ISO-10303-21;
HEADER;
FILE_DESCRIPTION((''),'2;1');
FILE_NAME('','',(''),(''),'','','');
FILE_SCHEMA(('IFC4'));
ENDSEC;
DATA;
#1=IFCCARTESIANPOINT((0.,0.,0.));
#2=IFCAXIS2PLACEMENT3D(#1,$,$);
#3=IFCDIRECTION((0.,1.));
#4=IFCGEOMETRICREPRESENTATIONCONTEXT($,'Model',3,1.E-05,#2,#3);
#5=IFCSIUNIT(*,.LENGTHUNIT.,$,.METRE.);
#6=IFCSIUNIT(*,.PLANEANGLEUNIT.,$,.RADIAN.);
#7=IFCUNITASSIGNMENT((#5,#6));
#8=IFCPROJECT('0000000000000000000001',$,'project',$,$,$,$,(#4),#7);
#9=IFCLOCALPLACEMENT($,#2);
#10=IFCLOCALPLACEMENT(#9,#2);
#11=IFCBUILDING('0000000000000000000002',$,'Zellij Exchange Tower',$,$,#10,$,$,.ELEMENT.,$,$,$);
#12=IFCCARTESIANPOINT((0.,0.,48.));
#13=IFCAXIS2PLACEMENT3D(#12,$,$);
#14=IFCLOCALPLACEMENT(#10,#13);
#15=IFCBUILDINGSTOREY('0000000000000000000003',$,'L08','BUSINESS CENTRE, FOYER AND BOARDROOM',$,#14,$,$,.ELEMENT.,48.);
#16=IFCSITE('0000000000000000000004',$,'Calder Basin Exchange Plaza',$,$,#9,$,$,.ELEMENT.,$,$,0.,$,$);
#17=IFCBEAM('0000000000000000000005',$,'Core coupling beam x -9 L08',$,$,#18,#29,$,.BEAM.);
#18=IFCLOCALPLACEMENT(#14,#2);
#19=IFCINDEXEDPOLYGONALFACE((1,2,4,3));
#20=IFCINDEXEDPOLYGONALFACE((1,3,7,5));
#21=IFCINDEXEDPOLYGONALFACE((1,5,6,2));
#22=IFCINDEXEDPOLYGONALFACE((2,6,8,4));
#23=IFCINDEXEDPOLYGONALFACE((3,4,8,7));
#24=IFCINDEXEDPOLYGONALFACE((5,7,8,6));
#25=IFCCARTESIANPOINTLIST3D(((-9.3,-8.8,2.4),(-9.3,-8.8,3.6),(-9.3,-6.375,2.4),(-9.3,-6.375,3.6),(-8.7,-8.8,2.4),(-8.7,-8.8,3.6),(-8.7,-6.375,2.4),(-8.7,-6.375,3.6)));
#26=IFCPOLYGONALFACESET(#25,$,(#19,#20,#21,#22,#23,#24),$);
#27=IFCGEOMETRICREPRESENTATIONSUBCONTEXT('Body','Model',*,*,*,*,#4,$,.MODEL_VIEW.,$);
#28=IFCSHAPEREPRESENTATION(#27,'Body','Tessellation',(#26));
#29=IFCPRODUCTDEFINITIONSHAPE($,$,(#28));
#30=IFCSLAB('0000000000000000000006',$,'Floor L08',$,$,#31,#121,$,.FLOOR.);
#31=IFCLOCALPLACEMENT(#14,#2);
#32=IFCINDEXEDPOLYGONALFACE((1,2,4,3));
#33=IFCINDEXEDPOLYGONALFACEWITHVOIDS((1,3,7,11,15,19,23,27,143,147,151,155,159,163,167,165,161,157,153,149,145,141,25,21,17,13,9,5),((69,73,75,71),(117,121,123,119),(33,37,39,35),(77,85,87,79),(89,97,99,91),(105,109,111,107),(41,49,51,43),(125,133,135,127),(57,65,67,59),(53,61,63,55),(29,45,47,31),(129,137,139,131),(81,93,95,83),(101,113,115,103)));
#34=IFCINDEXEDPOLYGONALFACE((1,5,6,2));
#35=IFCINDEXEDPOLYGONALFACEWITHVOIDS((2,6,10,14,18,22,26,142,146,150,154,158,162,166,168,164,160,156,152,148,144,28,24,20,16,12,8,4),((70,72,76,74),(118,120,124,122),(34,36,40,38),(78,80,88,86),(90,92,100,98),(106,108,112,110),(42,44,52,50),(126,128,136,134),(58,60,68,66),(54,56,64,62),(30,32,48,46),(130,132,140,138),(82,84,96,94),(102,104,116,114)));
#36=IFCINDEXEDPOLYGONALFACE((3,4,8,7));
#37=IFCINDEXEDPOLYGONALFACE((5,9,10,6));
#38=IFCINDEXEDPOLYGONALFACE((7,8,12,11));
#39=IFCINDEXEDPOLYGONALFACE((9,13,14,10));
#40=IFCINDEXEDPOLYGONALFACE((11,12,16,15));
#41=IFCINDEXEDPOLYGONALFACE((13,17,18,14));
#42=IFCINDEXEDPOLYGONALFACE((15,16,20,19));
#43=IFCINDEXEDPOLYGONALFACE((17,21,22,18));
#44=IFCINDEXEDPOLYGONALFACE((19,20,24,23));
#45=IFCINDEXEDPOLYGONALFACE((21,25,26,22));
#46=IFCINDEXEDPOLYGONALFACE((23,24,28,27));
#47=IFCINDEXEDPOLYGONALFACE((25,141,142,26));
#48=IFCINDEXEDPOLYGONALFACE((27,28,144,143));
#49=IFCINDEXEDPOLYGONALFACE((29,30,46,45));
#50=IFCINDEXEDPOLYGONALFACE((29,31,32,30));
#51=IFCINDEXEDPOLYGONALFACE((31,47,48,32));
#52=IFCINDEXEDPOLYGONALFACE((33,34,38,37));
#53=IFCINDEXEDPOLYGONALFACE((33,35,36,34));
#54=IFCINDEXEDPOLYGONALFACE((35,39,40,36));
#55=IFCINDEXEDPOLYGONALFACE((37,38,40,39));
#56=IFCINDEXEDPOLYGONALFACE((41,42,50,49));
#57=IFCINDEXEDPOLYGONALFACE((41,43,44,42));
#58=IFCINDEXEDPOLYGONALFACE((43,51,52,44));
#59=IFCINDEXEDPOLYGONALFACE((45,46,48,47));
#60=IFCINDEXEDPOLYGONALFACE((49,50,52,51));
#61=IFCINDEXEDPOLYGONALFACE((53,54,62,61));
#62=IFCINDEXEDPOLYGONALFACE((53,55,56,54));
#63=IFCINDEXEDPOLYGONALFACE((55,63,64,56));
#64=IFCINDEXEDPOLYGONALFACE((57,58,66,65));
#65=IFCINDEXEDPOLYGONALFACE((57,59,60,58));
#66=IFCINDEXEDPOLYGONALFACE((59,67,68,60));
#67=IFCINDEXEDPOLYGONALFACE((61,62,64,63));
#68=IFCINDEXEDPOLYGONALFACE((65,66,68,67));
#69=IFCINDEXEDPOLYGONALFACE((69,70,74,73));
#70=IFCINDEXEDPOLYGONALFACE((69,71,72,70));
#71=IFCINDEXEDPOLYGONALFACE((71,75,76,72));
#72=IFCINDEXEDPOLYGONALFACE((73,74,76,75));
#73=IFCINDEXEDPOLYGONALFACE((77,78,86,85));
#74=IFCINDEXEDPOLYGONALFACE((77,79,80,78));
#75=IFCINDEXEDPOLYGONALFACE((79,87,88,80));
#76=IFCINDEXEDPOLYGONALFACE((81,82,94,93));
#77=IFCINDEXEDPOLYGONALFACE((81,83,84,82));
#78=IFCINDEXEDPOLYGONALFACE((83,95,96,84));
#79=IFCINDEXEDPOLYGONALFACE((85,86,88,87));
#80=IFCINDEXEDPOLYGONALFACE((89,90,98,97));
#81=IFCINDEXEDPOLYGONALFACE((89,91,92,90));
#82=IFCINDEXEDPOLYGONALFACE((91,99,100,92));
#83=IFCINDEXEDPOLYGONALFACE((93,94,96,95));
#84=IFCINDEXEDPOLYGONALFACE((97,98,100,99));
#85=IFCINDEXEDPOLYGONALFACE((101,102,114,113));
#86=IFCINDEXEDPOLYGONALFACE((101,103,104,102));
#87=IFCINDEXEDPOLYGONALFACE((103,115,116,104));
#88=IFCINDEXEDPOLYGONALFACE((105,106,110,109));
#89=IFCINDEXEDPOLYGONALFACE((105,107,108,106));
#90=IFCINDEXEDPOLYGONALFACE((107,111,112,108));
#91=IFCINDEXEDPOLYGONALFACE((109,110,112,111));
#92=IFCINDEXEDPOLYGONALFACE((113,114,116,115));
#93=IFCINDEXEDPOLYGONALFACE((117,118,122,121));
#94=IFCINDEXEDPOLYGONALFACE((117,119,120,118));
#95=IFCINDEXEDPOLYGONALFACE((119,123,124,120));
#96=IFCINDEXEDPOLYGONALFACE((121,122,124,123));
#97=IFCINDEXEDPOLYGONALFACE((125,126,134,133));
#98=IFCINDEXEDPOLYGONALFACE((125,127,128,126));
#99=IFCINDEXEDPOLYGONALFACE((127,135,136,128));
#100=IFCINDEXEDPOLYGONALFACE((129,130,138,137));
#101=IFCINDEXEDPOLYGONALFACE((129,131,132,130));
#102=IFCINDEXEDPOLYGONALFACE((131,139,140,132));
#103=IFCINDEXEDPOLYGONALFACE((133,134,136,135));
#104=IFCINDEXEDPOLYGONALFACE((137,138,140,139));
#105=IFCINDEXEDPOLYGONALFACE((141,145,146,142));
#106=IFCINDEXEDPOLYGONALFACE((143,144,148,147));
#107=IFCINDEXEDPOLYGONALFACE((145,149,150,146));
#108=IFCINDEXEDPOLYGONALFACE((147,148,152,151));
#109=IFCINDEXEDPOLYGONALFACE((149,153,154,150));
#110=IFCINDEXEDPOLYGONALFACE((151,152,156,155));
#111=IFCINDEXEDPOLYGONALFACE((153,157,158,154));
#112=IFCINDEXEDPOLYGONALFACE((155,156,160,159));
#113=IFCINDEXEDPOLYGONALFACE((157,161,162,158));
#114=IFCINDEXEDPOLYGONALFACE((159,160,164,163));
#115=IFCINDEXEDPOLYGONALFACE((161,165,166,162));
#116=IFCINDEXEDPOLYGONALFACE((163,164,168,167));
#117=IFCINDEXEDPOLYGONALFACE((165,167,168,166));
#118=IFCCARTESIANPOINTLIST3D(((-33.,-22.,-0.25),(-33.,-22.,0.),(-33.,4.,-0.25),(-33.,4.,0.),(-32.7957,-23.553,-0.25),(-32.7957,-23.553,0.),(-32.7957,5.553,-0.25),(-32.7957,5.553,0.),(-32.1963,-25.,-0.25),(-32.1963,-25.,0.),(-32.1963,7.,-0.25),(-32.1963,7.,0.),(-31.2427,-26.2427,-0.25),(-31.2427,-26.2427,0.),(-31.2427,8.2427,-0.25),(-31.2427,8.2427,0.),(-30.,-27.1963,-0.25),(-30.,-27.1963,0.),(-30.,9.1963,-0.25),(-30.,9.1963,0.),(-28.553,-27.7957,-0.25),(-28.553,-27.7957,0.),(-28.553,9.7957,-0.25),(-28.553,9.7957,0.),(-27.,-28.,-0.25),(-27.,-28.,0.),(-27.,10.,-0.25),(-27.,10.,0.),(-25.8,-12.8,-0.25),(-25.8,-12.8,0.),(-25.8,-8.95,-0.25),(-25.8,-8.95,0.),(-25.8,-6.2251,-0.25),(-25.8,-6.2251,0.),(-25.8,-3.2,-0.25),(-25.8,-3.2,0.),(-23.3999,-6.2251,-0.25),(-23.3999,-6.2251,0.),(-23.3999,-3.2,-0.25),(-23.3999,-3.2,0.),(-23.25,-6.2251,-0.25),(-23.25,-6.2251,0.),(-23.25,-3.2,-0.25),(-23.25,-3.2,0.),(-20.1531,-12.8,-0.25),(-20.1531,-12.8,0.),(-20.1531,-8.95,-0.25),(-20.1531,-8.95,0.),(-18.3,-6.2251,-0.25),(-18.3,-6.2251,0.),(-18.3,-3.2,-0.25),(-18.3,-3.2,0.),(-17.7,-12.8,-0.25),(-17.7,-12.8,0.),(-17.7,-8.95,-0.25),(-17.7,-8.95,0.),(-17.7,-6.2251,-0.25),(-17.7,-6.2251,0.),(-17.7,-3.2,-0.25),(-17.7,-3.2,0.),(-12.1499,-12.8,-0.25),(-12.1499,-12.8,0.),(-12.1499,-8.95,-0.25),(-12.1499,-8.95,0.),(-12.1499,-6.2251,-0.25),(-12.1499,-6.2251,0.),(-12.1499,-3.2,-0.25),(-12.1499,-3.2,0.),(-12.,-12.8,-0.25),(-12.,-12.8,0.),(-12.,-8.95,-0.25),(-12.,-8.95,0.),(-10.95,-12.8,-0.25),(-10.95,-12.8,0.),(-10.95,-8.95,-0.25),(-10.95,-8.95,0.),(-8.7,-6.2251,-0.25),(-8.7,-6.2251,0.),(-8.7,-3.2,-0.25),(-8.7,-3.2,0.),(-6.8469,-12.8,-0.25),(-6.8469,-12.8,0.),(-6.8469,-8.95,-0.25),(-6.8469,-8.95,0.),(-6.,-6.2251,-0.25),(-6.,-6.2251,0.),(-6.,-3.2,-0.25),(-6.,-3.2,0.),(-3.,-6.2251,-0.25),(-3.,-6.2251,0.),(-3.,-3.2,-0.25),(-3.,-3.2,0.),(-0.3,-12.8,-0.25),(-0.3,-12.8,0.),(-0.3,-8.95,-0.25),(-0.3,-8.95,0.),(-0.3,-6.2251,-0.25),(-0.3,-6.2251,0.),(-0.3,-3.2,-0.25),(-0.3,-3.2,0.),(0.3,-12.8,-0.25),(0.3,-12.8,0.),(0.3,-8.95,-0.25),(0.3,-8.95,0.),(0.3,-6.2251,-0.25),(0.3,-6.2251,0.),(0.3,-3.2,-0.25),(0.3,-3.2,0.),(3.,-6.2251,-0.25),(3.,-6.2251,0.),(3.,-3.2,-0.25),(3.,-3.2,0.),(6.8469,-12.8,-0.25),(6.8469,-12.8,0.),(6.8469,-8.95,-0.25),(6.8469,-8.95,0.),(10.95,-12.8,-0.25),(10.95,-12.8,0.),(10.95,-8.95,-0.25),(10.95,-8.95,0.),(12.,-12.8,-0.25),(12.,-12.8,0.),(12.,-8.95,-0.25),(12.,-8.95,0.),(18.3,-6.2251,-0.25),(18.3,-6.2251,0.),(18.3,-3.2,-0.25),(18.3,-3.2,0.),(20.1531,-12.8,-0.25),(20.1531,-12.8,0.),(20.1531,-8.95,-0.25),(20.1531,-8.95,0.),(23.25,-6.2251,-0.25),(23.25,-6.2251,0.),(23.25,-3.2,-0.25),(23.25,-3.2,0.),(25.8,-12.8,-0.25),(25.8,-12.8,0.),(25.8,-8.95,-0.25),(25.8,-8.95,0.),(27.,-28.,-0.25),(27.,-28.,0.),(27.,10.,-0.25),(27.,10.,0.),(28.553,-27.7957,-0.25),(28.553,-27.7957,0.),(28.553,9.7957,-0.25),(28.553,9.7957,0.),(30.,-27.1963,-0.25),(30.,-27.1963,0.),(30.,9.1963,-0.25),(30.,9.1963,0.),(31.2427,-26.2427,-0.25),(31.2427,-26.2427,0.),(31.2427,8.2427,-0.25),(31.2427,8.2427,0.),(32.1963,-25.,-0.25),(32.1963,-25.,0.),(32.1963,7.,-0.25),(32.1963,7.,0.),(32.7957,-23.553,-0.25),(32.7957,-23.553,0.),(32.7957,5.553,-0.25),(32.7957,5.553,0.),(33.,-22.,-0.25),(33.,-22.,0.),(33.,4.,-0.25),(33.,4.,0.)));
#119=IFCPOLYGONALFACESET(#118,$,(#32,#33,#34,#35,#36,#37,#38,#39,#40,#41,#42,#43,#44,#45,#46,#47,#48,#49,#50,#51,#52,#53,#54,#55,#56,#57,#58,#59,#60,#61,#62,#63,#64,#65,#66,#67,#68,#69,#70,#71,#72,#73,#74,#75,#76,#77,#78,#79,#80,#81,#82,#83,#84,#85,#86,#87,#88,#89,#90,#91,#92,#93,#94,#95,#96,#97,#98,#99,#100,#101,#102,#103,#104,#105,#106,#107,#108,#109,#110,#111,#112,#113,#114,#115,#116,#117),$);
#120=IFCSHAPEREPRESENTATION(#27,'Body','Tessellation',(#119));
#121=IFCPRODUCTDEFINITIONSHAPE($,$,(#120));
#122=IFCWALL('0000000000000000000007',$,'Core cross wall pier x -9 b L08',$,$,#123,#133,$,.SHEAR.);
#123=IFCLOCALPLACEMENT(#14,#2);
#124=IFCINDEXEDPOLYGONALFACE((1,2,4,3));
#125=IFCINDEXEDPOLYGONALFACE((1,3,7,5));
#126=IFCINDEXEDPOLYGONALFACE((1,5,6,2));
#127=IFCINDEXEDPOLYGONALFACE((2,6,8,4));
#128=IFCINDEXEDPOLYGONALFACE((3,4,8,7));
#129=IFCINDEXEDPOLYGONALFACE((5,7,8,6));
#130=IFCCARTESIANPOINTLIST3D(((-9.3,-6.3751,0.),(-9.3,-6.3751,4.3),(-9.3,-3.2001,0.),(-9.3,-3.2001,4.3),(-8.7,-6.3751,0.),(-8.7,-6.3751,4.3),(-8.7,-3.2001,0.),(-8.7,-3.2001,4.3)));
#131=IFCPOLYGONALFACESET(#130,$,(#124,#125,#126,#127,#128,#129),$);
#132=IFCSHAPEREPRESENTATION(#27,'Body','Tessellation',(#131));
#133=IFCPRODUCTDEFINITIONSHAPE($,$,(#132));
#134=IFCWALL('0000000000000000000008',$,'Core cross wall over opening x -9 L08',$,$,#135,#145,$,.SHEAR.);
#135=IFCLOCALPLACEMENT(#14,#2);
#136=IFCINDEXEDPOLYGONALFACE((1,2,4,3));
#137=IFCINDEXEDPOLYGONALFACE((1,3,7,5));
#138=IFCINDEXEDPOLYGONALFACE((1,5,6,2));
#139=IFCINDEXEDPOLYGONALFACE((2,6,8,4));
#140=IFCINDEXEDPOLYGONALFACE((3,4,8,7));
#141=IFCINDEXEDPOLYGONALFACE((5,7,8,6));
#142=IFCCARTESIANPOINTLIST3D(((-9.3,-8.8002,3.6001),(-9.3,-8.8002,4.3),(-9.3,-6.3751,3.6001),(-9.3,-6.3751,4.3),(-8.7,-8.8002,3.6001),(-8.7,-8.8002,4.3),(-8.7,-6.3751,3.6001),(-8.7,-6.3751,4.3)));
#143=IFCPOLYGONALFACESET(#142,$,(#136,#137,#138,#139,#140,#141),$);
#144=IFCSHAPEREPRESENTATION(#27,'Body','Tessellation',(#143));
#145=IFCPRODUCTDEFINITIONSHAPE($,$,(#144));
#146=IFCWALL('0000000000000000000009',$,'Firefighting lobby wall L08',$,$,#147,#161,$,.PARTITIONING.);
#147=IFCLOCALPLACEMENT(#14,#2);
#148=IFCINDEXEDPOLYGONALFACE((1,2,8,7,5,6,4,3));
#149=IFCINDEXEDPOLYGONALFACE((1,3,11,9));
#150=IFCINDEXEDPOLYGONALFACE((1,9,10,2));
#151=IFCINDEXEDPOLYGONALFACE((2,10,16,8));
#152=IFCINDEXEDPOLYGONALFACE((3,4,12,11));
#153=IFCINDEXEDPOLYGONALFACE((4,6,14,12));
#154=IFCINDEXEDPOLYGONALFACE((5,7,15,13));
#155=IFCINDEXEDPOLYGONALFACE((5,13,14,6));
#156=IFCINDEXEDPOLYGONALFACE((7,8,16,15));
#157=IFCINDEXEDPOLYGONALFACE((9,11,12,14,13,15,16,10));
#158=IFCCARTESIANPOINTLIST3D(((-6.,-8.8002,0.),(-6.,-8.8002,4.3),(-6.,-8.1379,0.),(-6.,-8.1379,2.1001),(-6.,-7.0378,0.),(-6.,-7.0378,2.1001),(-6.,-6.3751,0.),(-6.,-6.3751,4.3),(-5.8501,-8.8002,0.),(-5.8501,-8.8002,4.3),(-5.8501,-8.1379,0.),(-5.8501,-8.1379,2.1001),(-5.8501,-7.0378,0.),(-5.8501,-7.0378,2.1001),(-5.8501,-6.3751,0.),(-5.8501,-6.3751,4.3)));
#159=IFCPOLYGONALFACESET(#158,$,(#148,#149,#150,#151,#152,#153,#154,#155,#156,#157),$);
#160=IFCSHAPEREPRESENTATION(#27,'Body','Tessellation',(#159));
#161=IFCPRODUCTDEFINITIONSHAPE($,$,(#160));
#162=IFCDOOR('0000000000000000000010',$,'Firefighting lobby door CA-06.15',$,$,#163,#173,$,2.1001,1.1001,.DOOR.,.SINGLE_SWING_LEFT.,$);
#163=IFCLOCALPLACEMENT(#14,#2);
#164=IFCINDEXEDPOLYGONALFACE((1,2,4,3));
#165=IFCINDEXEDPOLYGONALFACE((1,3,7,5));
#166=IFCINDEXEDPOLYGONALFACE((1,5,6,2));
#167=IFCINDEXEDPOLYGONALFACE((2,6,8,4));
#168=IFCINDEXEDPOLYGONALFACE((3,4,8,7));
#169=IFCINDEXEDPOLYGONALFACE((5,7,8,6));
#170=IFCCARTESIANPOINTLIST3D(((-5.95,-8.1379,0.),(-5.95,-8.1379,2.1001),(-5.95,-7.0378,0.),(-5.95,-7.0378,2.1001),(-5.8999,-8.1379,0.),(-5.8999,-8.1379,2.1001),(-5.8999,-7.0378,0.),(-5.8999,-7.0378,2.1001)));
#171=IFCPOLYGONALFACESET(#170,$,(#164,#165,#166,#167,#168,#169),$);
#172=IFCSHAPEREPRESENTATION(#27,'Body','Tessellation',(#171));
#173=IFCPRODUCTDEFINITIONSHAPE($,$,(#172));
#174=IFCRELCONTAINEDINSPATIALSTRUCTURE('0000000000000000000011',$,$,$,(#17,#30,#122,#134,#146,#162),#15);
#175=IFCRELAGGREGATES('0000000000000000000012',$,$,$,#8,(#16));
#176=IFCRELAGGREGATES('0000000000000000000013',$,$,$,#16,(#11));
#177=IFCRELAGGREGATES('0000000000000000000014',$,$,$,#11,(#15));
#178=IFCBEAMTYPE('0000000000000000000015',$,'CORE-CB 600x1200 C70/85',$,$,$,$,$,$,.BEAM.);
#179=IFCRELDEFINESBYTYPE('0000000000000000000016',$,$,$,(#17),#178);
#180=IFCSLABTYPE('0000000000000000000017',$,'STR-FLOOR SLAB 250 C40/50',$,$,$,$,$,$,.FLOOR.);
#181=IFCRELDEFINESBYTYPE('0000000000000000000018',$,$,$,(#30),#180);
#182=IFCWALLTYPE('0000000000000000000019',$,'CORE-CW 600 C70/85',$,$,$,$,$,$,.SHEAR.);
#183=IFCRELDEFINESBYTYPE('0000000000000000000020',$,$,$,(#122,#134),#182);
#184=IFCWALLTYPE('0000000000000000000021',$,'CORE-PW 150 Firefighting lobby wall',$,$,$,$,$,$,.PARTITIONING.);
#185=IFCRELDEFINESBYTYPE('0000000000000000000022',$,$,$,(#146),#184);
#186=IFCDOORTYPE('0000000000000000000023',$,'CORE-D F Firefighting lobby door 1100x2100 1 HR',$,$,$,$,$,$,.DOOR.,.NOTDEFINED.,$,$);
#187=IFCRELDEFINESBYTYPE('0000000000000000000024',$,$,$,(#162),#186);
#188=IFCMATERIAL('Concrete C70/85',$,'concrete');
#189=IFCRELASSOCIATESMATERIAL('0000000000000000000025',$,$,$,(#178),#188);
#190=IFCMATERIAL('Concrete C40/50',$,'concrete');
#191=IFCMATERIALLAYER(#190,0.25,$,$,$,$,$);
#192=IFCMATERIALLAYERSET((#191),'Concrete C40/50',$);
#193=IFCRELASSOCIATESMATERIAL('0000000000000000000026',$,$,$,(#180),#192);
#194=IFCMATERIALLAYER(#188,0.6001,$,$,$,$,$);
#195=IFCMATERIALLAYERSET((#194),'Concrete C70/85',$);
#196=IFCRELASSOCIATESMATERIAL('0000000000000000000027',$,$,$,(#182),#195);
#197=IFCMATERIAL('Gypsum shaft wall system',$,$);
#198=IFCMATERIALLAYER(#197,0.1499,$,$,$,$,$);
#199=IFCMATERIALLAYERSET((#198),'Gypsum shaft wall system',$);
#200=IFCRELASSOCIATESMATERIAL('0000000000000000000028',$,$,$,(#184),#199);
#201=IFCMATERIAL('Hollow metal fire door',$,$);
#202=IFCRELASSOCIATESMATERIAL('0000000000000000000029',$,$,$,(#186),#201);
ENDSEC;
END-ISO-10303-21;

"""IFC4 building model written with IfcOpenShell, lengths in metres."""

from ifc_helpers import new_model, si_unit, direction, frame, frame_2d, origin, origin_2d, place, context, subcontext, project, spatial, polyline, rectangle, outline, extrude, material, layer, layer_set, material_profile, profile_set, type_object, element, fill, save


model = new_model("IFC4")

# Units and contexts
model_context = context("Model", 3, precision=1e-05, world=origin(), true_north=direction((0.0, 1.0)))
body_context = subcontext(model_context, "Body", "Model", "MODEL_VIEW")
ifc_project = project(units=[si_unit("LENGTHUNIT", "METRE"), si_unit("PLANEANGLEUNIT", "RADIAN")], contexts=[model_context])

# Site, building, storey
site_placement = place(None, origin())
site = spatial("IfcSite", under=ifc_project, at=site_placement, Name="Calder Basin Exchange Plaza", CompositionType="ELEMENT", RefElevation=0.0)
building_placement = place(site_placement, origin())
building = spatial("IfcBuilding", under=site, at=building_placement, Name="Zellij Exchange Tower", CompositionType="ELEMENT")
storey_placement = place(building_placement, frame((0.0, 0.0, 48.0)))
storey = spatial("IfcBuildingStorey", under=building, at=storey_placement, Name="L08", Description="BUSINESS CENTRE, FOYER AND BOARDROOM", CompositionType="ELEMENT", Elevation=48.0)

# Beam
ifc_material_1 = material(Name="Concrete C70/85", Category="concrete")
ifc_material_profile = material_profile(ifc_material_1, rectangle(XDim=0.6001, YDim=1.2, at=origin_2d()), Name="CORE-CB 600x1200 C70/85")
ifc_profile_set = profile_set([ifc_material_profile], Name="Concrete C70/85")
beam_type = type_object("IfcBeamType", Name="CORE-CB 600x1200 C70/85", PredefinedType="BEAM", material=ifc_profile_set)
beam_placement = place(storey_placement, frame((-9.0, -8.8, 3.0), z_axis=(0.0, 1.0, 0.0), x_axis=(-1.0, 0.0, 0.0)))
element("IfcBeam", 1, at=beam_placement, inside=storey, type_object=beam_type, Name="Core coupling beam x -9 L08", PredefinedType="BEAM", context=body_context, shape_type="SweptSolid", body=[
    extrude(rectangle(XDim=0.6001, YDim=1.2, at=origin_2d()), origin(), (0.0, 0.0, 1.0), 2.425),
])

# Slab
ifc_material_2 = material(Name="Concrete C40/50", Category="concrete")
ifc_layer_1 = layer(ifc_material_2, 0.25)
ifc_layer_set_1 = layer_set([ifc_layer_1], Name="Concrete C40/50")
slab_type = type_object("IfcSlabType", Name="STR-FLOOR SLAB 250 C40/50", PredefinedType="FLOOR", material=ifc_layer_set_1)
slab_placement = place(storey_placement, frame((0.0, 0.0, -0.25)))
element("IfcSlab", 2, at=slab_placement, inside=storey, type_object=slab_type, Name="Floor L08", PredefinedType="FLOOR", context=body_context, shape_type="SweptSolid", body=[
    extrude(outline(polyline([(-27.0, -28.0), (-28.553, -27.7957), (-30.0, -27.1963), (-31.2427, -26.2427), (-32.1963, -25.0), (-32.7957, -23.553), (-33.0, -22.0), (-33.0, 4.0), (-32.7957, 5.553), (-32.1963, 7.0), (-31.2427, 8.2427), (-30.0, 9.1963), (-28.553, 9.7957), (-27.0, 10.0), (27.0, 10.0), (28.553, 9.7957), (30.0, 9.1963), (31.2427, 8.2427), (32.1963, 7.0), (32.7957, 5.553), (33.0, 4.0), (33.0, -22.0), (32.7957, -23.553), (32.1963, -25.0), (31.2427, -26.2427), (30.0, -27.1963), (28.553, -27.7957), (27.0, -28.0), (-27.0, -28.0)]), holes=[polyline([(-25.8, -8.95), (-25.8, -12.8), (-20.1531, -12.8), (-20.1531, -8.95), (-25.8, -8.95)]), polyline([(-12.1499, -8.95), (-17.7, -8.95), (-17.7, -12.8), (-12.1499, -12.8), (-12.1499, -8.95)]), polyline([(-10.95, -8.95), (-12.0, -8.95), (-12.0, -12.8), (-10.95, -12.8), (-10.95, -8.95)]), polyline([(-23.3999, -3.2), (-25.8, -3.2), (-25.8, -6.2251), (-23.3999, -6.2251), (-23.3999, -3.2)]), polyline([(-18.3, -3.2), (-23.25, -3.2), (-23.25, -6.2251), (-18.3, -6.2251), (-18.3, -3.2)]), polyline([(-12.1499, -3.2), (-17.7, -3.2), (-17.7, -6.2251), (-12.1499, -6.2251), (-12.1499, -3.2)]), polyline([(-6.0, -3.2), (-8.7, -3.2), (-8.7, -6.2251), (-6.0, -6.2251), (-6.0, -3.2)]), polyline([(-6.8469, -8.95), (-6.8469, -12.8), (-0.3, -12.8), (-0.3, -8.95), (-6.8469, -8.95)]), polyline([(6.8469, -8.95), (0.3, -8.95), (0.3, -12.8), (6.8469, -12.8), (6.8469, -8.95)]), polyline([(12.0, -8.95), (10.95, -8.95), (10.95, -12.8), (12.0, -12.8), (12.0, -8.95)]), polyline([(25.8, -8.95), (20.1531, -8.95), (20.1531, -12.8), (25.8, -12.8), (25.8, -8.95)]), polyline([(-0.3, -3.2), (-3.0, -3.2), (-3.0, -6.2251), (-0.3, -6.2251), (-0.3, -3.2)]), polyline([(3.0, -3.2), (0.3, -3.2), (0.3, -6.2251), (3.0, -6.2251), (3.0, -3.2)]), polyline([(23.25, -3.2), (18.3, -3.2), (18.3, -6.2251), (23.25, -6.2251), (23.25, -3.2)])]), origin(), (0.0, 0.0, 1.0), 0.25),
])

# Walls
ifc_layer_2 = layer(ifc_material_1, 0.6001)
ifc_layer_set_2 = layer_set([ifc_layer_2], Name="Concrete C70/85")
wall_type_1 = type_object("IfcWallType", Name="CORE-CW 600 C70/85", PredefinedType="SHEAR", material=ifc_layer_set_2)
wall_1_placement = place(storey_placement, frame((-9.0, -6.375, 0.0), z_axis=(0.0, 0.0, 1.0), x_axis=(0.0, 1.0, 0.0)))
element("IfcWall", 3, at=wall_1_placement, inside=storey, type_object=wall_type_1, Name="Core cross wall pier x -9 b L08", PredefinedType="SHEAR", context=body_context, shape_type="SweptSolid", body=[
    extrude(rectangle(XDim=3.175, YDim=0.6001, at=frame_2d((1.5874, 0.0))), origin(), (0.0, 0.0, 1.0), 4.3),
])
wall_2_placement = place(storey_placement, frame((-9.0, -8.8, 3.6001), z_axis=(0.0, 0.0, 1.0), x_axis=(0.0, 1.0, 0.0)))
element("IfcWall", 4, at=wall_2_placement, inside=storey, type_object=wall_type_1, Name="Core cross wall over opening x -9 L08", PredefinedType="SHEAR", context=body_context, shape_type="SweptSolid", body=[
    extrude(rectangle(XDim=2.425, YDim=0.6001, at=frame_2d((1.2124, 0.0))), origin(), (0.0, 0.0, 1.0), 0.7),
])

# Wall, opening, door
ifc_material_3 = material(Name="Gypsum shaft wall system")
ifc_layer_3 = layer(ifc_material_3, 0.1499)
ifc_layer_set_3 = layer_set([ifc_layer_3], Name="Gypsum shaft wall system")
wall_type_2 = type_object("IfcWallType", Name="CORE-PW 150 Firefighting lobby wall", PredefinedType="PARTITIONING", material=ifc_layer_set_3)
wall_3_placement = place(storey_placement, frame((-5.925, -8.8, 0.0), z_axis=(0.0, 0.0, 1.0), x_axis=(0.0, 1.0, 0.0)))
wall_3 = element("IfcWall", 5, at=wall_3_placement, inside=storey, type_object=wall_type_2, Name="Firefighting lobby wall L08", PredefinedType="PARTITIONING", context=body_context, shape_type="SweptSolid", body=[
    extrude(rectangle(XDim=2.425, YDim=0.1499, at=frame_2d((1.2124, 0.0))), origin(), (0.0, 0.0, 1.0), 4.3),
])
opening_1_placement = place(wall_3_placement, frame((0.6621, 0.0, 0.0)))
opening_1 = element("IfcOpeningElement", 6, at=opening_1_placement, cuts=wall_3, PredefinedType="OPENING", context=body_context, shape_type="SweptSolid", body=[
    extrude(rectangle(XDim=1.1001, YDim=2.1001, at=frame_2d((0.55, 1.05))), frame((0.0, 0.0869, 0.0), z_axis=(0.0, -1.0, 0.0), x_axis=(1.0, 0.0, 0.0)), (0.0, 0.0, 1.0), 0.1738),
])
ifc_material_4 = material(Name="Hollow metal fire door")
door_type_1 = type_object("IfcDoorType", Name="CORE-D F Firefighting lobby door 1100x2100 1 HR", OperationType="NOTDEFINED", PredefinedType="DOOR", material=ifc_material_4)
door_1_placement = place(opening_1_placement, origin())
door_1 = element("IfcDoor", 7, at=door_1_placement, inside=storey, type_object=door_type_1, Name="Firefighting lobby door CA-06.15", OperationType="SINGLE_SWING_LEFT", OverallHeight=2.1001, OverallWidth=1.1001, PredefinedType="DOOR", context=body_context, shape_type="SweptSolid", body=[
    extrude(rectangle(XDim=1.1001, YDim=2.1001, at=frame_2d((0.55, 1.05))), frame((0.0, 0.0249, 0.0), z_axis=(0.0, -1.0, 0.0), x_axis=(1.0, 0.0, 0.0)), (0.0, 0.0, 1.0), 0.05),
])
fill(opening_1, door_1)

save(model, "model.ifc")
